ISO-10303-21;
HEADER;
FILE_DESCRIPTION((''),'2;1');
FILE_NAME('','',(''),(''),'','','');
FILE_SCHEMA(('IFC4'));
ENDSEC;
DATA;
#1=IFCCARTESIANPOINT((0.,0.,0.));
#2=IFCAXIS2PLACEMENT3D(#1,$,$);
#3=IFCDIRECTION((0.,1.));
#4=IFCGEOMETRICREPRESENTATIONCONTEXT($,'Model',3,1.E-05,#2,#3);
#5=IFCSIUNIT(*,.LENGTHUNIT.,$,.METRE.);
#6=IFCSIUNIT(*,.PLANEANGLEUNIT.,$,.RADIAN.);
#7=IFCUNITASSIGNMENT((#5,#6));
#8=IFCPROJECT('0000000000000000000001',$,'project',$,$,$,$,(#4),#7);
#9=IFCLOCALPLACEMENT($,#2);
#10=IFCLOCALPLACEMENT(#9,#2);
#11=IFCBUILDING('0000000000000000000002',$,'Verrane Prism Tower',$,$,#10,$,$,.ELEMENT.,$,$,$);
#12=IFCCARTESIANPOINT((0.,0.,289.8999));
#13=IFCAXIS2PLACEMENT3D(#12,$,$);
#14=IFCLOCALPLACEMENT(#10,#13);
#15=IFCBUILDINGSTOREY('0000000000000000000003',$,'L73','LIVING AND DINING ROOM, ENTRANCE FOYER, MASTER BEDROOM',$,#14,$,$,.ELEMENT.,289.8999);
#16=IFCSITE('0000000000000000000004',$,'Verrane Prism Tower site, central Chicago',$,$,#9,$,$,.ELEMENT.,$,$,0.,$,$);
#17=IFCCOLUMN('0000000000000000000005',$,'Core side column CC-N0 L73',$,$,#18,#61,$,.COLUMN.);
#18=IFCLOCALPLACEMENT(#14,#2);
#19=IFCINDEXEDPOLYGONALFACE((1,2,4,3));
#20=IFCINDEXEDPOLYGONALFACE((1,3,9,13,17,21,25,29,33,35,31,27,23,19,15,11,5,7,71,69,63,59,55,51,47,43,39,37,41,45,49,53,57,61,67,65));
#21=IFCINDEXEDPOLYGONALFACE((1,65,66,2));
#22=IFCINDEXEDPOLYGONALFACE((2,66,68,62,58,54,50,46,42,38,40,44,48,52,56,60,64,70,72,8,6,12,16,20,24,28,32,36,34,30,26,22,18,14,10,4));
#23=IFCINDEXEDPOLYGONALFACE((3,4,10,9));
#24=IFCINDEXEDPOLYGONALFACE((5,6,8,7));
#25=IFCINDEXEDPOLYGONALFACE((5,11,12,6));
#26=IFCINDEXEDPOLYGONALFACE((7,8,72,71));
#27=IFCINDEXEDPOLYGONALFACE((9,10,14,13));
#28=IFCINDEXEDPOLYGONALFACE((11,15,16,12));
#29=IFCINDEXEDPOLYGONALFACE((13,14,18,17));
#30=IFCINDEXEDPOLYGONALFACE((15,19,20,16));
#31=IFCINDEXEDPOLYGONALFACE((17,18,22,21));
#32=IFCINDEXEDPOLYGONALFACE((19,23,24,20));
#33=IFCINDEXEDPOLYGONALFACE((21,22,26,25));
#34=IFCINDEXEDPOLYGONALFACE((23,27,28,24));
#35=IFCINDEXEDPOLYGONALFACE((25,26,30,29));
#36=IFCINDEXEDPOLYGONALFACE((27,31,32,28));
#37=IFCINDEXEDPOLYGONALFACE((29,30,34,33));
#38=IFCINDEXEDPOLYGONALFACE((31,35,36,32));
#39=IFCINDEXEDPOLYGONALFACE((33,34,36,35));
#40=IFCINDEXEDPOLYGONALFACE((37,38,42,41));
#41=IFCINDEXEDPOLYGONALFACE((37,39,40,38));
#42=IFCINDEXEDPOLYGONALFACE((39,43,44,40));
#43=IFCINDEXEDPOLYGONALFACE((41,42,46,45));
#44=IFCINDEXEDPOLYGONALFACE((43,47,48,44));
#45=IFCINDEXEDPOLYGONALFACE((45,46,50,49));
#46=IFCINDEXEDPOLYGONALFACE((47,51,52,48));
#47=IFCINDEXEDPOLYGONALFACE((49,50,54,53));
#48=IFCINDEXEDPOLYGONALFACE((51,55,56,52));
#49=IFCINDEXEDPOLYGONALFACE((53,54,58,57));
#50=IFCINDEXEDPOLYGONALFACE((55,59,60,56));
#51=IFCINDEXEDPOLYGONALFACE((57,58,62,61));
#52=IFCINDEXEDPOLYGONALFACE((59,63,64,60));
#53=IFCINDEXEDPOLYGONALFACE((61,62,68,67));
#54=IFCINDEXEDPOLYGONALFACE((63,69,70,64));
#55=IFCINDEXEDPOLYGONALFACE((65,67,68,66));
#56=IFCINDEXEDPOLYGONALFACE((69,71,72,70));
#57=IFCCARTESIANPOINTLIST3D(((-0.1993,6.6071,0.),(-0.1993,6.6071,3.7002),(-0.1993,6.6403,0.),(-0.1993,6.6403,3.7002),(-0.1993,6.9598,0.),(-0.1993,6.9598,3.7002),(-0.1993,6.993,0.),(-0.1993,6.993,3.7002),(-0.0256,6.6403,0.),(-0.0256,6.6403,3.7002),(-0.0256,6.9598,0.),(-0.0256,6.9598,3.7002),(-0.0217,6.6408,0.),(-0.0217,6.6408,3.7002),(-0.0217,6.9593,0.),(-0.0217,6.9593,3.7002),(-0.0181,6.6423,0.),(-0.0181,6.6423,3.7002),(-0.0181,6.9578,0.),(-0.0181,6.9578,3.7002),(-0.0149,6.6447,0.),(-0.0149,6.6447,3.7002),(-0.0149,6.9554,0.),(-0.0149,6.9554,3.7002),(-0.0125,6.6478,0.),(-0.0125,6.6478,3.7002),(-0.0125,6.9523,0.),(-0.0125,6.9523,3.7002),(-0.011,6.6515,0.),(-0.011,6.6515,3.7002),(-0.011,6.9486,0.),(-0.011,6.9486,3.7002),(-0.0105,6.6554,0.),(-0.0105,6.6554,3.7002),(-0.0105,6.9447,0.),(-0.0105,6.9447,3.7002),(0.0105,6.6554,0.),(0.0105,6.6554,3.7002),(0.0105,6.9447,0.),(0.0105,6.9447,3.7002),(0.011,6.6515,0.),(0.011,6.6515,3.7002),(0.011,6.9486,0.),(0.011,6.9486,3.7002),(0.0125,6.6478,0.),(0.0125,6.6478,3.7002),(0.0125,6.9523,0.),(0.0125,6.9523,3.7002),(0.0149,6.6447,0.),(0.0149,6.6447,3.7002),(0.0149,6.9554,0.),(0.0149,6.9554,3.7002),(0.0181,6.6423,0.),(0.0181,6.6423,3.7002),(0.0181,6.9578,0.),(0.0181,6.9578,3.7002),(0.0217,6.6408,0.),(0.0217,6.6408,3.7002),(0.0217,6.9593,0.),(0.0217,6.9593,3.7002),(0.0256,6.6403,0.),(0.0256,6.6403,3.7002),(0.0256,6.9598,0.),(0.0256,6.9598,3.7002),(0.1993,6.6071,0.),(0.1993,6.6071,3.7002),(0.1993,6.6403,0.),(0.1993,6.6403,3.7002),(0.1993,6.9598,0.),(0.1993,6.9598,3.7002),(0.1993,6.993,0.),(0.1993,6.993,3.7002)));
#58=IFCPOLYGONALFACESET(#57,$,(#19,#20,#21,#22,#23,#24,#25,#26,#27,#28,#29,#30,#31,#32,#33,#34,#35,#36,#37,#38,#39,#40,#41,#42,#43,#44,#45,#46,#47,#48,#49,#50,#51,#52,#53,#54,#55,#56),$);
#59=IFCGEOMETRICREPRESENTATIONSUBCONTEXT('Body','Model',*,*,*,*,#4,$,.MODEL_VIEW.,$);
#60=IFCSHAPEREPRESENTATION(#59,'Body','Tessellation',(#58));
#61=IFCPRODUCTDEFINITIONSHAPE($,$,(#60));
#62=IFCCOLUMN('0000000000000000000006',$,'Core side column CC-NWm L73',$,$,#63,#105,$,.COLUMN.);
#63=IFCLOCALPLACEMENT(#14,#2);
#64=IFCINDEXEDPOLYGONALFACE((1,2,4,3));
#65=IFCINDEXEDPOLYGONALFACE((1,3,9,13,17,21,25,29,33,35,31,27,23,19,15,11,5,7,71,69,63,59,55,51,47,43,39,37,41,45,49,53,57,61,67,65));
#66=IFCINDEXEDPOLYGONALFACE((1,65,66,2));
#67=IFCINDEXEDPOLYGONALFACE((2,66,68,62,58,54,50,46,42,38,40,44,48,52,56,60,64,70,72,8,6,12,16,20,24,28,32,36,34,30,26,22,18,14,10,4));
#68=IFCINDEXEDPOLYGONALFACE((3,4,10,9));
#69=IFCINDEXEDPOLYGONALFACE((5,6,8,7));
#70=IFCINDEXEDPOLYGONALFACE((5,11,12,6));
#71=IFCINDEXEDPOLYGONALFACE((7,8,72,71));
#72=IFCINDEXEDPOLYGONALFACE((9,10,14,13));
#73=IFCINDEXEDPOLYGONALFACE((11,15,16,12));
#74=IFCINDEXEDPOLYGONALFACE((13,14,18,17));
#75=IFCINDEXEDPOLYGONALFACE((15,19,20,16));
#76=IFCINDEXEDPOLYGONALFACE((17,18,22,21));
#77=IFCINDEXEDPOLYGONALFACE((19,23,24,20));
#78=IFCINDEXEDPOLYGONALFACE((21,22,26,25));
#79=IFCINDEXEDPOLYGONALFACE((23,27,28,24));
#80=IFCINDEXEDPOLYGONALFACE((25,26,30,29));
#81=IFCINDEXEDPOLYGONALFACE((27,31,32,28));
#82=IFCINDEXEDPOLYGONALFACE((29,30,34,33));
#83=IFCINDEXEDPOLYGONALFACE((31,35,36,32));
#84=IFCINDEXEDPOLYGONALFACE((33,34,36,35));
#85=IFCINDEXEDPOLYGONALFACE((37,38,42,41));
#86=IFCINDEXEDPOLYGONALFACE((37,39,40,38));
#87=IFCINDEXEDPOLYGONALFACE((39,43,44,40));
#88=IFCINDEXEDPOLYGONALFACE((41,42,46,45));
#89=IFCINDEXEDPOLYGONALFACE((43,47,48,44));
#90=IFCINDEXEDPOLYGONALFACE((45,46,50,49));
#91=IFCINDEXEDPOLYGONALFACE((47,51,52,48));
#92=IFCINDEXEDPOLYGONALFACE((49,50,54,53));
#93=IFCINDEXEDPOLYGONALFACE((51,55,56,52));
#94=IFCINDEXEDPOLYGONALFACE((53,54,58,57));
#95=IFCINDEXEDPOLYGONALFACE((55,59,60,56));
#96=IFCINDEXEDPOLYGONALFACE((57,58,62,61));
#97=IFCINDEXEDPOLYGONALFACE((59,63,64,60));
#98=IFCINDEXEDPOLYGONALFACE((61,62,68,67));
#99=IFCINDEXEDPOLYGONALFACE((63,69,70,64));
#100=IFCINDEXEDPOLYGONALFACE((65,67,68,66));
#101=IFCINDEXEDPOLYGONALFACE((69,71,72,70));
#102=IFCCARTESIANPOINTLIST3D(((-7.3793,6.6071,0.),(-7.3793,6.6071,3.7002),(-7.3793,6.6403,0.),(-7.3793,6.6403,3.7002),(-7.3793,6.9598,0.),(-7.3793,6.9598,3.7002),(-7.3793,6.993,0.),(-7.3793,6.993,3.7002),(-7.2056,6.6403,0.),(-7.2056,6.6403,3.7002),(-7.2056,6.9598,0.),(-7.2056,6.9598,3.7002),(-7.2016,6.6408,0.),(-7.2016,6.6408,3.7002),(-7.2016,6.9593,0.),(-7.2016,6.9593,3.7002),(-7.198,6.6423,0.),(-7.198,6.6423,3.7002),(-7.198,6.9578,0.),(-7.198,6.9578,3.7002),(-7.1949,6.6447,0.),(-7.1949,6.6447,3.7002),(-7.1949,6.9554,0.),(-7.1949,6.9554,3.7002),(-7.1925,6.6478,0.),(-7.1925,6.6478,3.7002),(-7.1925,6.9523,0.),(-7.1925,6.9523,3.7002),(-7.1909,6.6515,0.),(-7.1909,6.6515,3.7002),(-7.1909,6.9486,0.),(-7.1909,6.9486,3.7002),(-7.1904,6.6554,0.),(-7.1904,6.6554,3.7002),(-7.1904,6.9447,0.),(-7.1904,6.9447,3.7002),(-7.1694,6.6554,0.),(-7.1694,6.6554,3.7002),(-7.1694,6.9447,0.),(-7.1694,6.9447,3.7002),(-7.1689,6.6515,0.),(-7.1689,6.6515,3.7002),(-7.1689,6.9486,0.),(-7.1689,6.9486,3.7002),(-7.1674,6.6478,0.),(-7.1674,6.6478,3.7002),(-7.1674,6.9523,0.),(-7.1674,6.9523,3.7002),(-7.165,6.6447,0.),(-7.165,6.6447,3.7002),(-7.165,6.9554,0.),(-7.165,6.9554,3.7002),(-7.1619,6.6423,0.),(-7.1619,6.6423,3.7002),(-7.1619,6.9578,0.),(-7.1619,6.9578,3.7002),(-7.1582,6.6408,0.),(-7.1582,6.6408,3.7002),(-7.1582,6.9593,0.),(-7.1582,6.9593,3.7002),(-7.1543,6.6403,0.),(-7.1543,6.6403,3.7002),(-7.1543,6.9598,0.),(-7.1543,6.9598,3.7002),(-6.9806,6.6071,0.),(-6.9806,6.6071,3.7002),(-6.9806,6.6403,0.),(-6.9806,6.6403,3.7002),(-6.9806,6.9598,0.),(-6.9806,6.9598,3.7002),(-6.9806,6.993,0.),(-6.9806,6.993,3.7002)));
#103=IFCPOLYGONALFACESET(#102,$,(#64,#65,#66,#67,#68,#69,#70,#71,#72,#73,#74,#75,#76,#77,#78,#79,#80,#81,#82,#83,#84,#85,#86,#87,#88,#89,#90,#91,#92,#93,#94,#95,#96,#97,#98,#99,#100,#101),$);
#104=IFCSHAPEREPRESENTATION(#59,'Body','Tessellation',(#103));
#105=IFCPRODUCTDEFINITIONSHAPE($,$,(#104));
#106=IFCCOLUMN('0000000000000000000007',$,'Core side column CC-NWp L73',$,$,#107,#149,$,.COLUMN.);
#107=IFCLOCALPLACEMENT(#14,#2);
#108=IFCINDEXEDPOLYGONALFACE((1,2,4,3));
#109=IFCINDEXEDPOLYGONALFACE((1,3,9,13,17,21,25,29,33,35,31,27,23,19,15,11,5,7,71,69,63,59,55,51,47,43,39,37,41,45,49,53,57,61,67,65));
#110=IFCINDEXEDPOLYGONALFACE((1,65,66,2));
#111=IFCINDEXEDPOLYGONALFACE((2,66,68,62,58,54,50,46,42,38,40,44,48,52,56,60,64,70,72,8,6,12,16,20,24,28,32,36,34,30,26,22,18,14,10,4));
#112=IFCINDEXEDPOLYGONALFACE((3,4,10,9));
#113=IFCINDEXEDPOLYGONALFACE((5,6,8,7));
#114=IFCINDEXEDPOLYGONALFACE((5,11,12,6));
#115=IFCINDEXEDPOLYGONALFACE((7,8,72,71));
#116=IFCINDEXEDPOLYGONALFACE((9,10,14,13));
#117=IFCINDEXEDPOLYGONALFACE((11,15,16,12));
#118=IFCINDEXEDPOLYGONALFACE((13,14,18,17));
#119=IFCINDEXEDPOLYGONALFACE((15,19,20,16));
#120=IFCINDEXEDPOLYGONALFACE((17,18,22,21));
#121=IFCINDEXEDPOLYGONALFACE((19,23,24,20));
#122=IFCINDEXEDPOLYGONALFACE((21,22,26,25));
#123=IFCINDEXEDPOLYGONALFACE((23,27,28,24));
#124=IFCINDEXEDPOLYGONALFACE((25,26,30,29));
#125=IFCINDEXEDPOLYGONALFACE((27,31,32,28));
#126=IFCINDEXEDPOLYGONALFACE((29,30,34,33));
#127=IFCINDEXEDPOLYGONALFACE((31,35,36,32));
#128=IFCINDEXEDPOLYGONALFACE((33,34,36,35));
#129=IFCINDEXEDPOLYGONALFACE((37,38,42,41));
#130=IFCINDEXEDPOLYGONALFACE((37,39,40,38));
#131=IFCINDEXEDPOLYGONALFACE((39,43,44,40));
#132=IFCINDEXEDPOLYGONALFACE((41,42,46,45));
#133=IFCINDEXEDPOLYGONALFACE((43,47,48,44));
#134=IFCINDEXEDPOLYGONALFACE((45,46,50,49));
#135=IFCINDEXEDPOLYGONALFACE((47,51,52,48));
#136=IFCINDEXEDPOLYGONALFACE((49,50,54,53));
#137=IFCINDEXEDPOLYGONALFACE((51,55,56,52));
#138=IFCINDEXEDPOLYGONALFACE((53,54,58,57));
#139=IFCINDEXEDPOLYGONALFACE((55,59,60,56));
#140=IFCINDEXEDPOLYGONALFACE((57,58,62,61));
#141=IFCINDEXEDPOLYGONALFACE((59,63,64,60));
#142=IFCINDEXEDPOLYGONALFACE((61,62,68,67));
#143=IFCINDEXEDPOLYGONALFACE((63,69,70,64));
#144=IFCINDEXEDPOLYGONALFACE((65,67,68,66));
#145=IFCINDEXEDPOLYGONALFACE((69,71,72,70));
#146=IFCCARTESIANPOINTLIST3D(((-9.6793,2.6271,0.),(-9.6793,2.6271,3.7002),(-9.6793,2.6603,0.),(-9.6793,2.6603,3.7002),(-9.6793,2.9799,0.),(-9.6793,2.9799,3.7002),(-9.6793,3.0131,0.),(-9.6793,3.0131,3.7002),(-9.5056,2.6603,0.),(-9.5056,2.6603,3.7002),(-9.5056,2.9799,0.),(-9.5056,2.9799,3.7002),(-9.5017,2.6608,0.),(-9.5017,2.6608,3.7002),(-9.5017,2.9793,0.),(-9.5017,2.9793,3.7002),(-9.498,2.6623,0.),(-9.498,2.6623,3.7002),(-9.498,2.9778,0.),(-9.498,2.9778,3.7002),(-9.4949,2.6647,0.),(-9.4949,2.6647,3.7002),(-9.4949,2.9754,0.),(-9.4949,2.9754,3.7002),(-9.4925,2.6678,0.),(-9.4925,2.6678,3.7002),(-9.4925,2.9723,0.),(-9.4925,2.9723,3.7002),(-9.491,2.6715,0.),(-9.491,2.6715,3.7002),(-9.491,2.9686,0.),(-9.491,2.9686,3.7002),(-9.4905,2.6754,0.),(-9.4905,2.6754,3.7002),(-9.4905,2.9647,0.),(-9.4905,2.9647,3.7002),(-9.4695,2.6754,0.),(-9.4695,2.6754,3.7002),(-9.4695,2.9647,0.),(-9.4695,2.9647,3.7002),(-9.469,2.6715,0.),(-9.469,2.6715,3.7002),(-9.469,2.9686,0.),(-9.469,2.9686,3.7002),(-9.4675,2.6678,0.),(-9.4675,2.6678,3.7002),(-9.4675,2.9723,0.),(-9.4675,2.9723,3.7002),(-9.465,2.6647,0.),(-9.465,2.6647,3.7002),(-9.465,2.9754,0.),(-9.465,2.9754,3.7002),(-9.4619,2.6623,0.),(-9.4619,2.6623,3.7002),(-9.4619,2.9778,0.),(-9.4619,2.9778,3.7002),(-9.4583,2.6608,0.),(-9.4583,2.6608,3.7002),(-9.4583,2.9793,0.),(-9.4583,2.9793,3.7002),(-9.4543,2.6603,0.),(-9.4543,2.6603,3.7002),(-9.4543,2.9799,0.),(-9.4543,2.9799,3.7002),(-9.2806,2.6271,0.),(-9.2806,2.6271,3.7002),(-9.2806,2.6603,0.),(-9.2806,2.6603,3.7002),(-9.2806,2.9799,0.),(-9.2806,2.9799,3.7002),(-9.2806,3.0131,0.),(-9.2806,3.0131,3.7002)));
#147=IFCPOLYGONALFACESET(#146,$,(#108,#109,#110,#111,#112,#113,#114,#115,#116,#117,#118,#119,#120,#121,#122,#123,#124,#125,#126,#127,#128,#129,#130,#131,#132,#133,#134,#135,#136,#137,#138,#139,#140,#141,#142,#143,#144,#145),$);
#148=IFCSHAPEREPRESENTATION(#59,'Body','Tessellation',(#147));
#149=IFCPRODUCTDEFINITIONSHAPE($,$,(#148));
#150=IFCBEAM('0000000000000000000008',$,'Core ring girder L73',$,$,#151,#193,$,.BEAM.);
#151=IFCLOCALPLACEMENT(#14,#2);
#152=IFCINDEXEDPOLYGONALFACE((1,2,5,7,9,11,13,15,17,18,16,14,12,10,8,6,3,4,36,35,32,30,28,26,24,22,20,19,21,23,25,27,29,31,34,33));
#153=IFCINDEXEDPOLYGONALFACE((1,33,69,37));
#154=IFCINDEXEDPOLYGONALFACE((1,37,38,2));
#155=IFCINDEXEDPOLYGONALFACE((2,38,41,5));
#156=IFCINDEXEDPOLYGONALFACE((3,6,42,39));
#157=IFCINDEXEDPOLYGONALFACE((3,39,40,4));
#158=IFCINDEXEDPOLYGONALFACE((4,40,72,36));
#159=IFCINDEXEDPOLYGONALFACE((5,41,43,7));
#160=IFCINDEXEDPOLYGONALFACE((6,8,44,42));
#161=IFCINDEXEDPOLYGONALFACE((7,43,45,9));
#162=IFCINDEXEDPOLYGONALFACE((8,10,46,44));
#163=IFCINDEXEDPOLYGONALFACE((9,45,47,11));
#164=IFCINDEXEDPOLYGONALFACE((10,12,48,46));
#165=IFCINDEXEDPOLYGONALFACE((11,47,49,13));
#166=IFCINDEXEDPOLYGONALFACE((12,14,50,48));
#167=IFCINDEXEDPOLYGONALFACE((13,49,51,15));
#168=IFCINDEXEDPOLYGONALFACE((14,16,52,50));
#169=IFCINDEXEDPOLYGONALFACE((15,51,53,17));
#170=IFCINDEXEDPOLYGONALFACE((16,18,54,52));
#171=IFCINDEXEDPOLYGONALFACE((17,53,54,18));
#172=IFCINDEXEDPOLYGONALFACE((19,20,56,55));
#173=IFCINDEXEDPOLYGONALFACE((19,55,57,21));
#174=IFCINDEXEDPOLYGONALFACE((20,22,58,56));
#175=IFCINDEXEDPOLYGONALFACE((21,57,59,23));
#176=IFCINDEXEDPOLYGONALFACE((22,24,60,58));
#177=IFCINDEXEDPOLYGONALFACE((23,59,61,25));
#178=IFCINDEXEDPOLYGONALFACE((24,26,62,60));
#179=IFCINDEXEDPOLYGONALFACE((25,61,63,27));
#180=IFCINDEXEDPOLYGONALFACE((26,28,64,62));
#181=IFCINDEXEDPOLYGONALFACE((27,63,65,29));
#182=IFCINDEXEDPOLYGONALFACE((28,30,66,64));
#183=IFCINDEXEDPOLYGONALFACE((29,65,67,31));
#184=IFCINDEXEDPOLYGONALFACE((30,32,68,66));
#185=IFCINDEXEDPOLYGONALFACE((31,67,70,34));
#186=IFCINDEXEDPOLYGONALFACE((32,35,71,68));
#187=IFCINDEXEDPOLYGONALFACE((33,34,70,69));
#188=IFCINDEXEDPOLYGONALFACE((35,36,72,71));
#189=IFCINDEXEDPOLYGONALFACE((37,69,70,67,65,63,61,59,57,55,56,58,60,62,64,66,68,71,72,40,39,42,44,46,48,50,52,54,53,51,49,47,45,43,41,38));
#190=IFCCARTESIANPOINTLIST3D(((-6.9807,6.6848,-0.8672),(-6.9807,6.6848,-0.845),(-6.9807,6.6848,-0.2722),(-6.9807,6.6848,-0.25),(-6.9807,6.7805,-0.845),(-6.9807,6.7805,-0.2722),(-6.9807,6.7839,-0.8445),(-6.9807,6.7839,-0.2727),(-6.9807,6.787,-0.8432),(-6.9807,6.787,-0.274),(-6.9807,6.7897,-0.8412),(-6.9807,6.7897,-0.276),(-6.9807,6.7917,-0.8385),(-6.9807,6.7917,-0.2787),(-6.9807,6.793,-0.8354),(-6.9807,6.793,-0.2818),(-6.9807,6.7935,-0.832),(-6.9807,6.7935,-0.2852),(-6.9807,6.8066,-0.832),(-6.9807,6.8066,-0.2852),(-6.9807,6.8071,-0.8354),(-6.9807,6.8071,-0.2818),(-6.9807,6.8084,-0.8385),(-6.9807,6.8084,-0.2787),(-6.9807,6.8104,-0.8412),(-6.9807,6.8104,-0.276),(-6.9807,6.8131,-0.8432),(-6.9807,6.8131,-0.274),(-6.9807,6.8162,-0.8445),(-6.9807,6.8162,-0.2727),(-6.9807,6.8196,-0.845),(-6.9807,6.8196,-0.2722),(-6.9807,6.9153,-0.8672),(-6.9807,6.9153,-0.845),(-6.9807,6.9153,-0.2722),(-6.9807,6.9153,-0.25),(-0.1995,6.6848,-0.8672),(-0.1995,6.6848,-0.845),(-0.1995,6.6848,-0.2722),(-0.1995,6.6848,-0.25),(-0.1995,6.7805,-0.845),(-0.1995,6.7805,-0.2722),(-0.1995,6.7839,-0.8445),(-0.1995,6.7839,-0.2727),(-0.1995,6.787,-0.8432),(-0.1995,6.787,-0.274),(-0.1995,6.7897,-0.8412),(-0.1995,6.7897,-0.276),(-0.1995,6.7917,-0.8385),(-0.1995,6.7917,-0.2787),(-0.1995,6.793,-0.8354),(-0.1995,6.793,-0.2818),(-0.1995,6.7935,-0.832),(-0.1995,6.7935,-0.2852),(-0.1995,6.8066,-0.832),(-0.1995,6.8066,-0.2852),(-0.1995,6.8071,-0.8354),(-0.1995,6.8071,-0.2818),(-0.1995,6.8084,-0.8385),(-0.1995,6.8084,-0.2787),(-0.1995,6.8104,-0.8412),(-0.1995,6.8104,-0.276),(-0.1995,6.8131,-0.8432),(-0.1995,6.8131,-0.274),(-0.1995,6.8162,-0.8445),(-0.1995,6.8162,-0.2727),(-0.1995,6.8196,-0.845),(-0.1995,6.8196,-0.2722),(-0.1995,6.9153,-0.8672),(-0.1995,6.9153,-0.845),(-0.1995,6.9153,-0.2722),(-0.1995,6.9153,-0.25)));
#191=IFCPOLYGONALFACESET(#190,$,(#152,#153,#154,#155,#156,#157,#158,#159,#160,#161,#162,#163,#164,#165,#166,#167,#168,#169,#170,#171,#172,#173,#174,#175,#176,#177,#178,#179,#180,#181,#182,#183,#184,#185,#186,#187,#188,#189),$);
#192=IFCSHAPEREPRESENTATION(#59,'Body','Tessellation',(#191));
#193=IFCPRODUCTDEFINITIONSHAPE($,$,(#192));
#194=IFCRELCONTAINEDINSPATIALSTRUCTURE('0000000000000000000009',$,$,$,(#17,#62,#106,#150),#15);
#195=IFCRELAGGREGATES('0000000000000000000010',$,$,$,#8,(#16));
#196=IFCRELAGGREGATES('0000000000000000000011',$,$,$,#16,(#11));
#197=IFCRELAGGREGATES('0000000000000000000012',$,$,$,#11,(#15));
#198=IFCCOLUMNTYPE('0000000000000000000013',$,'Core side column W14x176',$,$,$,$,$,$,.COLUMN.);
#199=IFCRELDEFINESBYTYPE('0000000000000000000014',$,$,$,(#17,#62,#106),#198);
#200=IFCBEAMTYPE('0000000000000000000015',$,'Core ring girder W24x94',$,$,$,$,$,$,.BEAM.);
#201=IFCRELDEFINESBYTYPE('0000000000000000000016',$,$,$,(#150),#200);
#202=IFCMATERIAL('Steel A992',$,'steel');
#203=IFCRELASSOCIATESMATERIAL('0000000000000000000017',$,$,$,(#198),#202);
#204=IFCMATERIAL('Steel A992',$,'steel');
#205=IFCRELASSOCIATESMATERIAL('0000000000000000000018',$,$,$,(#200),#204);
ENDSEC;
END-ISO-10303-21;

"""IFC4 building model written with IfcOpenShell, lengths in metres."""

from ifc_helpers import new_model, si_unit, direction, frame, origin, origin_2d, place, context, subcontext, project, spatial, i_section, extrude, material, material_profile, profile_set, type_object, element, save


model = new_model("IFC4")

# Units and contexts
model_context = context("Model", 3, precision=1e-05, world=origin(), true_north=direction((0.0, 1.0)))
body_context = subcontext(model_context, "Body", "Model", "MODEL_VIEW")
ifc_project = project(units=[si_unit("LENGTHUNIT", "METRE"), si_unit("PLANEANGLEUNIT", "RADIAN")], contexts=[model_context])

# Site, building, storey
site_placement = place(None, origin())
site = spatial("IfcSite", under=ifc_project, at=site_placement, Name="Verrane Prism Tower site, central Chicago", CompositionType="ELEMENT", RefElevation=0.0)
building_placement = place(site_placement, origin())
building = spatial("IfcBuilding", under=site, at=building_placement, Name="Verrane Prism Tower", CompositionType="ELEMENT")
storey_placement = place(building_placement, frame((0.0, 0.0, 289.8999)))
storey = spatial("IfcBuildingStorey", under=building, at=storey_placement, Name="L73", Description="LIVING AND DINING ROOM, ENTRANCE FOYER, MASTER BEDROOM", CompositionType="ELEMENT", Elevation=289.8999)

# Columns
ifc_material_1 = material(Name="Steel A992", Category="steel")
ifc_material_profile_1 = material_profile(ifc_material_1, i_section(OverallWidth=0.3987, OverallDepth=0.386, WebThickness=0.021, FlangeThickness=0.0332, FilletRadius=0.0151, at=origin_2d()), Name="W14x176")
ifc_profile_set_1 = profile_set([ifc_material_profile_1], Name="Steel A992")
column_type = type_object("IfcColumnType", Name="Core side column W14x176", PredefinedType="COLUMN", material=ifc_profile_set_1)
for number, where, z_axis, x_axis, name in (
    (1, (0.0, 6.8, 0.0), (0.0, 0.0, 1.0), (1.0, 0.0, 0.0), "Core side column CC-N0 L73"),
    (2, (-7.1799, 6.8, 0.0), (0.0, 0.0, 1.0), (1.0, 0.0, 0.0), "Core side column CC-NWm L73"),
    (3, (-9.48, 2.8201, 0.0), (0.0, 0.0, 1.0), (1.0, 0.0, 0.0), "Core side column CC-NWp L73"),
):
    element("IfcColumn", number, at=place(storey_placement, frame(where, z_axis=z_axis, x_axis=x_axis)), inside=storey, type_object=column_type, Name=name, PredefinedType="COLUMN", context=body_context, shape_type="SweptSolid", body=[
        extrude(i_section(OverallWidth=0.3987, OverallDepth=0.386, WebThickness=0.021, FlangeThickness=0.0332, FilletRadius=0.0151, at=origin_2d()), origin(), (0.0, 0.0, 1.0), 3.7002),
    ])

# Beam
ifc_material_2 = material(Name="Steel A992", Category="steel")
ifc_material_profile_2 = material_profile(ifc_material_2, i_section(OverallWidth=0.2305, OverallDepth=0.6172, WebThickness=0.0132, FlangeThickness=0.0222, FilletRadius=0.0129, at=origin_2d()), Name="W24x94")
ifc_profile_set_2 = profile_set([ifc_material_profile_2], Name="Steel A992")
beam_type = type_object("IfcBeamType", Name="Core ring girder W24x94", PredefinedType="BEAM", material=ifc_profile_set_2)
beam_1_placement = place(storey_placement, frame((-0.1995, 6.8, -0.5586), z_axis=(-1.0, 0.0, 0.0), x_axis=(0.0, -1.0, 0.0)))
element("IfcBeam", 4, at=beam_1_placement, inside=storey, type_object=beam_type, Name="Core ring girder L73", PredefinedType="BEAM", context=body_context, shape_type="SweptSolid", body=[
    extrude(i_section(OverallWidth=0.2305, OverallDepth=0.6172, WebThickness=0.0132, FlangeThickness=0.0222, FilletRadius=0.0129, at=origin_2d()), origin(), (0.0, 0.0, 1.0), 6.7812),
])

save(model, "model.ifc")
